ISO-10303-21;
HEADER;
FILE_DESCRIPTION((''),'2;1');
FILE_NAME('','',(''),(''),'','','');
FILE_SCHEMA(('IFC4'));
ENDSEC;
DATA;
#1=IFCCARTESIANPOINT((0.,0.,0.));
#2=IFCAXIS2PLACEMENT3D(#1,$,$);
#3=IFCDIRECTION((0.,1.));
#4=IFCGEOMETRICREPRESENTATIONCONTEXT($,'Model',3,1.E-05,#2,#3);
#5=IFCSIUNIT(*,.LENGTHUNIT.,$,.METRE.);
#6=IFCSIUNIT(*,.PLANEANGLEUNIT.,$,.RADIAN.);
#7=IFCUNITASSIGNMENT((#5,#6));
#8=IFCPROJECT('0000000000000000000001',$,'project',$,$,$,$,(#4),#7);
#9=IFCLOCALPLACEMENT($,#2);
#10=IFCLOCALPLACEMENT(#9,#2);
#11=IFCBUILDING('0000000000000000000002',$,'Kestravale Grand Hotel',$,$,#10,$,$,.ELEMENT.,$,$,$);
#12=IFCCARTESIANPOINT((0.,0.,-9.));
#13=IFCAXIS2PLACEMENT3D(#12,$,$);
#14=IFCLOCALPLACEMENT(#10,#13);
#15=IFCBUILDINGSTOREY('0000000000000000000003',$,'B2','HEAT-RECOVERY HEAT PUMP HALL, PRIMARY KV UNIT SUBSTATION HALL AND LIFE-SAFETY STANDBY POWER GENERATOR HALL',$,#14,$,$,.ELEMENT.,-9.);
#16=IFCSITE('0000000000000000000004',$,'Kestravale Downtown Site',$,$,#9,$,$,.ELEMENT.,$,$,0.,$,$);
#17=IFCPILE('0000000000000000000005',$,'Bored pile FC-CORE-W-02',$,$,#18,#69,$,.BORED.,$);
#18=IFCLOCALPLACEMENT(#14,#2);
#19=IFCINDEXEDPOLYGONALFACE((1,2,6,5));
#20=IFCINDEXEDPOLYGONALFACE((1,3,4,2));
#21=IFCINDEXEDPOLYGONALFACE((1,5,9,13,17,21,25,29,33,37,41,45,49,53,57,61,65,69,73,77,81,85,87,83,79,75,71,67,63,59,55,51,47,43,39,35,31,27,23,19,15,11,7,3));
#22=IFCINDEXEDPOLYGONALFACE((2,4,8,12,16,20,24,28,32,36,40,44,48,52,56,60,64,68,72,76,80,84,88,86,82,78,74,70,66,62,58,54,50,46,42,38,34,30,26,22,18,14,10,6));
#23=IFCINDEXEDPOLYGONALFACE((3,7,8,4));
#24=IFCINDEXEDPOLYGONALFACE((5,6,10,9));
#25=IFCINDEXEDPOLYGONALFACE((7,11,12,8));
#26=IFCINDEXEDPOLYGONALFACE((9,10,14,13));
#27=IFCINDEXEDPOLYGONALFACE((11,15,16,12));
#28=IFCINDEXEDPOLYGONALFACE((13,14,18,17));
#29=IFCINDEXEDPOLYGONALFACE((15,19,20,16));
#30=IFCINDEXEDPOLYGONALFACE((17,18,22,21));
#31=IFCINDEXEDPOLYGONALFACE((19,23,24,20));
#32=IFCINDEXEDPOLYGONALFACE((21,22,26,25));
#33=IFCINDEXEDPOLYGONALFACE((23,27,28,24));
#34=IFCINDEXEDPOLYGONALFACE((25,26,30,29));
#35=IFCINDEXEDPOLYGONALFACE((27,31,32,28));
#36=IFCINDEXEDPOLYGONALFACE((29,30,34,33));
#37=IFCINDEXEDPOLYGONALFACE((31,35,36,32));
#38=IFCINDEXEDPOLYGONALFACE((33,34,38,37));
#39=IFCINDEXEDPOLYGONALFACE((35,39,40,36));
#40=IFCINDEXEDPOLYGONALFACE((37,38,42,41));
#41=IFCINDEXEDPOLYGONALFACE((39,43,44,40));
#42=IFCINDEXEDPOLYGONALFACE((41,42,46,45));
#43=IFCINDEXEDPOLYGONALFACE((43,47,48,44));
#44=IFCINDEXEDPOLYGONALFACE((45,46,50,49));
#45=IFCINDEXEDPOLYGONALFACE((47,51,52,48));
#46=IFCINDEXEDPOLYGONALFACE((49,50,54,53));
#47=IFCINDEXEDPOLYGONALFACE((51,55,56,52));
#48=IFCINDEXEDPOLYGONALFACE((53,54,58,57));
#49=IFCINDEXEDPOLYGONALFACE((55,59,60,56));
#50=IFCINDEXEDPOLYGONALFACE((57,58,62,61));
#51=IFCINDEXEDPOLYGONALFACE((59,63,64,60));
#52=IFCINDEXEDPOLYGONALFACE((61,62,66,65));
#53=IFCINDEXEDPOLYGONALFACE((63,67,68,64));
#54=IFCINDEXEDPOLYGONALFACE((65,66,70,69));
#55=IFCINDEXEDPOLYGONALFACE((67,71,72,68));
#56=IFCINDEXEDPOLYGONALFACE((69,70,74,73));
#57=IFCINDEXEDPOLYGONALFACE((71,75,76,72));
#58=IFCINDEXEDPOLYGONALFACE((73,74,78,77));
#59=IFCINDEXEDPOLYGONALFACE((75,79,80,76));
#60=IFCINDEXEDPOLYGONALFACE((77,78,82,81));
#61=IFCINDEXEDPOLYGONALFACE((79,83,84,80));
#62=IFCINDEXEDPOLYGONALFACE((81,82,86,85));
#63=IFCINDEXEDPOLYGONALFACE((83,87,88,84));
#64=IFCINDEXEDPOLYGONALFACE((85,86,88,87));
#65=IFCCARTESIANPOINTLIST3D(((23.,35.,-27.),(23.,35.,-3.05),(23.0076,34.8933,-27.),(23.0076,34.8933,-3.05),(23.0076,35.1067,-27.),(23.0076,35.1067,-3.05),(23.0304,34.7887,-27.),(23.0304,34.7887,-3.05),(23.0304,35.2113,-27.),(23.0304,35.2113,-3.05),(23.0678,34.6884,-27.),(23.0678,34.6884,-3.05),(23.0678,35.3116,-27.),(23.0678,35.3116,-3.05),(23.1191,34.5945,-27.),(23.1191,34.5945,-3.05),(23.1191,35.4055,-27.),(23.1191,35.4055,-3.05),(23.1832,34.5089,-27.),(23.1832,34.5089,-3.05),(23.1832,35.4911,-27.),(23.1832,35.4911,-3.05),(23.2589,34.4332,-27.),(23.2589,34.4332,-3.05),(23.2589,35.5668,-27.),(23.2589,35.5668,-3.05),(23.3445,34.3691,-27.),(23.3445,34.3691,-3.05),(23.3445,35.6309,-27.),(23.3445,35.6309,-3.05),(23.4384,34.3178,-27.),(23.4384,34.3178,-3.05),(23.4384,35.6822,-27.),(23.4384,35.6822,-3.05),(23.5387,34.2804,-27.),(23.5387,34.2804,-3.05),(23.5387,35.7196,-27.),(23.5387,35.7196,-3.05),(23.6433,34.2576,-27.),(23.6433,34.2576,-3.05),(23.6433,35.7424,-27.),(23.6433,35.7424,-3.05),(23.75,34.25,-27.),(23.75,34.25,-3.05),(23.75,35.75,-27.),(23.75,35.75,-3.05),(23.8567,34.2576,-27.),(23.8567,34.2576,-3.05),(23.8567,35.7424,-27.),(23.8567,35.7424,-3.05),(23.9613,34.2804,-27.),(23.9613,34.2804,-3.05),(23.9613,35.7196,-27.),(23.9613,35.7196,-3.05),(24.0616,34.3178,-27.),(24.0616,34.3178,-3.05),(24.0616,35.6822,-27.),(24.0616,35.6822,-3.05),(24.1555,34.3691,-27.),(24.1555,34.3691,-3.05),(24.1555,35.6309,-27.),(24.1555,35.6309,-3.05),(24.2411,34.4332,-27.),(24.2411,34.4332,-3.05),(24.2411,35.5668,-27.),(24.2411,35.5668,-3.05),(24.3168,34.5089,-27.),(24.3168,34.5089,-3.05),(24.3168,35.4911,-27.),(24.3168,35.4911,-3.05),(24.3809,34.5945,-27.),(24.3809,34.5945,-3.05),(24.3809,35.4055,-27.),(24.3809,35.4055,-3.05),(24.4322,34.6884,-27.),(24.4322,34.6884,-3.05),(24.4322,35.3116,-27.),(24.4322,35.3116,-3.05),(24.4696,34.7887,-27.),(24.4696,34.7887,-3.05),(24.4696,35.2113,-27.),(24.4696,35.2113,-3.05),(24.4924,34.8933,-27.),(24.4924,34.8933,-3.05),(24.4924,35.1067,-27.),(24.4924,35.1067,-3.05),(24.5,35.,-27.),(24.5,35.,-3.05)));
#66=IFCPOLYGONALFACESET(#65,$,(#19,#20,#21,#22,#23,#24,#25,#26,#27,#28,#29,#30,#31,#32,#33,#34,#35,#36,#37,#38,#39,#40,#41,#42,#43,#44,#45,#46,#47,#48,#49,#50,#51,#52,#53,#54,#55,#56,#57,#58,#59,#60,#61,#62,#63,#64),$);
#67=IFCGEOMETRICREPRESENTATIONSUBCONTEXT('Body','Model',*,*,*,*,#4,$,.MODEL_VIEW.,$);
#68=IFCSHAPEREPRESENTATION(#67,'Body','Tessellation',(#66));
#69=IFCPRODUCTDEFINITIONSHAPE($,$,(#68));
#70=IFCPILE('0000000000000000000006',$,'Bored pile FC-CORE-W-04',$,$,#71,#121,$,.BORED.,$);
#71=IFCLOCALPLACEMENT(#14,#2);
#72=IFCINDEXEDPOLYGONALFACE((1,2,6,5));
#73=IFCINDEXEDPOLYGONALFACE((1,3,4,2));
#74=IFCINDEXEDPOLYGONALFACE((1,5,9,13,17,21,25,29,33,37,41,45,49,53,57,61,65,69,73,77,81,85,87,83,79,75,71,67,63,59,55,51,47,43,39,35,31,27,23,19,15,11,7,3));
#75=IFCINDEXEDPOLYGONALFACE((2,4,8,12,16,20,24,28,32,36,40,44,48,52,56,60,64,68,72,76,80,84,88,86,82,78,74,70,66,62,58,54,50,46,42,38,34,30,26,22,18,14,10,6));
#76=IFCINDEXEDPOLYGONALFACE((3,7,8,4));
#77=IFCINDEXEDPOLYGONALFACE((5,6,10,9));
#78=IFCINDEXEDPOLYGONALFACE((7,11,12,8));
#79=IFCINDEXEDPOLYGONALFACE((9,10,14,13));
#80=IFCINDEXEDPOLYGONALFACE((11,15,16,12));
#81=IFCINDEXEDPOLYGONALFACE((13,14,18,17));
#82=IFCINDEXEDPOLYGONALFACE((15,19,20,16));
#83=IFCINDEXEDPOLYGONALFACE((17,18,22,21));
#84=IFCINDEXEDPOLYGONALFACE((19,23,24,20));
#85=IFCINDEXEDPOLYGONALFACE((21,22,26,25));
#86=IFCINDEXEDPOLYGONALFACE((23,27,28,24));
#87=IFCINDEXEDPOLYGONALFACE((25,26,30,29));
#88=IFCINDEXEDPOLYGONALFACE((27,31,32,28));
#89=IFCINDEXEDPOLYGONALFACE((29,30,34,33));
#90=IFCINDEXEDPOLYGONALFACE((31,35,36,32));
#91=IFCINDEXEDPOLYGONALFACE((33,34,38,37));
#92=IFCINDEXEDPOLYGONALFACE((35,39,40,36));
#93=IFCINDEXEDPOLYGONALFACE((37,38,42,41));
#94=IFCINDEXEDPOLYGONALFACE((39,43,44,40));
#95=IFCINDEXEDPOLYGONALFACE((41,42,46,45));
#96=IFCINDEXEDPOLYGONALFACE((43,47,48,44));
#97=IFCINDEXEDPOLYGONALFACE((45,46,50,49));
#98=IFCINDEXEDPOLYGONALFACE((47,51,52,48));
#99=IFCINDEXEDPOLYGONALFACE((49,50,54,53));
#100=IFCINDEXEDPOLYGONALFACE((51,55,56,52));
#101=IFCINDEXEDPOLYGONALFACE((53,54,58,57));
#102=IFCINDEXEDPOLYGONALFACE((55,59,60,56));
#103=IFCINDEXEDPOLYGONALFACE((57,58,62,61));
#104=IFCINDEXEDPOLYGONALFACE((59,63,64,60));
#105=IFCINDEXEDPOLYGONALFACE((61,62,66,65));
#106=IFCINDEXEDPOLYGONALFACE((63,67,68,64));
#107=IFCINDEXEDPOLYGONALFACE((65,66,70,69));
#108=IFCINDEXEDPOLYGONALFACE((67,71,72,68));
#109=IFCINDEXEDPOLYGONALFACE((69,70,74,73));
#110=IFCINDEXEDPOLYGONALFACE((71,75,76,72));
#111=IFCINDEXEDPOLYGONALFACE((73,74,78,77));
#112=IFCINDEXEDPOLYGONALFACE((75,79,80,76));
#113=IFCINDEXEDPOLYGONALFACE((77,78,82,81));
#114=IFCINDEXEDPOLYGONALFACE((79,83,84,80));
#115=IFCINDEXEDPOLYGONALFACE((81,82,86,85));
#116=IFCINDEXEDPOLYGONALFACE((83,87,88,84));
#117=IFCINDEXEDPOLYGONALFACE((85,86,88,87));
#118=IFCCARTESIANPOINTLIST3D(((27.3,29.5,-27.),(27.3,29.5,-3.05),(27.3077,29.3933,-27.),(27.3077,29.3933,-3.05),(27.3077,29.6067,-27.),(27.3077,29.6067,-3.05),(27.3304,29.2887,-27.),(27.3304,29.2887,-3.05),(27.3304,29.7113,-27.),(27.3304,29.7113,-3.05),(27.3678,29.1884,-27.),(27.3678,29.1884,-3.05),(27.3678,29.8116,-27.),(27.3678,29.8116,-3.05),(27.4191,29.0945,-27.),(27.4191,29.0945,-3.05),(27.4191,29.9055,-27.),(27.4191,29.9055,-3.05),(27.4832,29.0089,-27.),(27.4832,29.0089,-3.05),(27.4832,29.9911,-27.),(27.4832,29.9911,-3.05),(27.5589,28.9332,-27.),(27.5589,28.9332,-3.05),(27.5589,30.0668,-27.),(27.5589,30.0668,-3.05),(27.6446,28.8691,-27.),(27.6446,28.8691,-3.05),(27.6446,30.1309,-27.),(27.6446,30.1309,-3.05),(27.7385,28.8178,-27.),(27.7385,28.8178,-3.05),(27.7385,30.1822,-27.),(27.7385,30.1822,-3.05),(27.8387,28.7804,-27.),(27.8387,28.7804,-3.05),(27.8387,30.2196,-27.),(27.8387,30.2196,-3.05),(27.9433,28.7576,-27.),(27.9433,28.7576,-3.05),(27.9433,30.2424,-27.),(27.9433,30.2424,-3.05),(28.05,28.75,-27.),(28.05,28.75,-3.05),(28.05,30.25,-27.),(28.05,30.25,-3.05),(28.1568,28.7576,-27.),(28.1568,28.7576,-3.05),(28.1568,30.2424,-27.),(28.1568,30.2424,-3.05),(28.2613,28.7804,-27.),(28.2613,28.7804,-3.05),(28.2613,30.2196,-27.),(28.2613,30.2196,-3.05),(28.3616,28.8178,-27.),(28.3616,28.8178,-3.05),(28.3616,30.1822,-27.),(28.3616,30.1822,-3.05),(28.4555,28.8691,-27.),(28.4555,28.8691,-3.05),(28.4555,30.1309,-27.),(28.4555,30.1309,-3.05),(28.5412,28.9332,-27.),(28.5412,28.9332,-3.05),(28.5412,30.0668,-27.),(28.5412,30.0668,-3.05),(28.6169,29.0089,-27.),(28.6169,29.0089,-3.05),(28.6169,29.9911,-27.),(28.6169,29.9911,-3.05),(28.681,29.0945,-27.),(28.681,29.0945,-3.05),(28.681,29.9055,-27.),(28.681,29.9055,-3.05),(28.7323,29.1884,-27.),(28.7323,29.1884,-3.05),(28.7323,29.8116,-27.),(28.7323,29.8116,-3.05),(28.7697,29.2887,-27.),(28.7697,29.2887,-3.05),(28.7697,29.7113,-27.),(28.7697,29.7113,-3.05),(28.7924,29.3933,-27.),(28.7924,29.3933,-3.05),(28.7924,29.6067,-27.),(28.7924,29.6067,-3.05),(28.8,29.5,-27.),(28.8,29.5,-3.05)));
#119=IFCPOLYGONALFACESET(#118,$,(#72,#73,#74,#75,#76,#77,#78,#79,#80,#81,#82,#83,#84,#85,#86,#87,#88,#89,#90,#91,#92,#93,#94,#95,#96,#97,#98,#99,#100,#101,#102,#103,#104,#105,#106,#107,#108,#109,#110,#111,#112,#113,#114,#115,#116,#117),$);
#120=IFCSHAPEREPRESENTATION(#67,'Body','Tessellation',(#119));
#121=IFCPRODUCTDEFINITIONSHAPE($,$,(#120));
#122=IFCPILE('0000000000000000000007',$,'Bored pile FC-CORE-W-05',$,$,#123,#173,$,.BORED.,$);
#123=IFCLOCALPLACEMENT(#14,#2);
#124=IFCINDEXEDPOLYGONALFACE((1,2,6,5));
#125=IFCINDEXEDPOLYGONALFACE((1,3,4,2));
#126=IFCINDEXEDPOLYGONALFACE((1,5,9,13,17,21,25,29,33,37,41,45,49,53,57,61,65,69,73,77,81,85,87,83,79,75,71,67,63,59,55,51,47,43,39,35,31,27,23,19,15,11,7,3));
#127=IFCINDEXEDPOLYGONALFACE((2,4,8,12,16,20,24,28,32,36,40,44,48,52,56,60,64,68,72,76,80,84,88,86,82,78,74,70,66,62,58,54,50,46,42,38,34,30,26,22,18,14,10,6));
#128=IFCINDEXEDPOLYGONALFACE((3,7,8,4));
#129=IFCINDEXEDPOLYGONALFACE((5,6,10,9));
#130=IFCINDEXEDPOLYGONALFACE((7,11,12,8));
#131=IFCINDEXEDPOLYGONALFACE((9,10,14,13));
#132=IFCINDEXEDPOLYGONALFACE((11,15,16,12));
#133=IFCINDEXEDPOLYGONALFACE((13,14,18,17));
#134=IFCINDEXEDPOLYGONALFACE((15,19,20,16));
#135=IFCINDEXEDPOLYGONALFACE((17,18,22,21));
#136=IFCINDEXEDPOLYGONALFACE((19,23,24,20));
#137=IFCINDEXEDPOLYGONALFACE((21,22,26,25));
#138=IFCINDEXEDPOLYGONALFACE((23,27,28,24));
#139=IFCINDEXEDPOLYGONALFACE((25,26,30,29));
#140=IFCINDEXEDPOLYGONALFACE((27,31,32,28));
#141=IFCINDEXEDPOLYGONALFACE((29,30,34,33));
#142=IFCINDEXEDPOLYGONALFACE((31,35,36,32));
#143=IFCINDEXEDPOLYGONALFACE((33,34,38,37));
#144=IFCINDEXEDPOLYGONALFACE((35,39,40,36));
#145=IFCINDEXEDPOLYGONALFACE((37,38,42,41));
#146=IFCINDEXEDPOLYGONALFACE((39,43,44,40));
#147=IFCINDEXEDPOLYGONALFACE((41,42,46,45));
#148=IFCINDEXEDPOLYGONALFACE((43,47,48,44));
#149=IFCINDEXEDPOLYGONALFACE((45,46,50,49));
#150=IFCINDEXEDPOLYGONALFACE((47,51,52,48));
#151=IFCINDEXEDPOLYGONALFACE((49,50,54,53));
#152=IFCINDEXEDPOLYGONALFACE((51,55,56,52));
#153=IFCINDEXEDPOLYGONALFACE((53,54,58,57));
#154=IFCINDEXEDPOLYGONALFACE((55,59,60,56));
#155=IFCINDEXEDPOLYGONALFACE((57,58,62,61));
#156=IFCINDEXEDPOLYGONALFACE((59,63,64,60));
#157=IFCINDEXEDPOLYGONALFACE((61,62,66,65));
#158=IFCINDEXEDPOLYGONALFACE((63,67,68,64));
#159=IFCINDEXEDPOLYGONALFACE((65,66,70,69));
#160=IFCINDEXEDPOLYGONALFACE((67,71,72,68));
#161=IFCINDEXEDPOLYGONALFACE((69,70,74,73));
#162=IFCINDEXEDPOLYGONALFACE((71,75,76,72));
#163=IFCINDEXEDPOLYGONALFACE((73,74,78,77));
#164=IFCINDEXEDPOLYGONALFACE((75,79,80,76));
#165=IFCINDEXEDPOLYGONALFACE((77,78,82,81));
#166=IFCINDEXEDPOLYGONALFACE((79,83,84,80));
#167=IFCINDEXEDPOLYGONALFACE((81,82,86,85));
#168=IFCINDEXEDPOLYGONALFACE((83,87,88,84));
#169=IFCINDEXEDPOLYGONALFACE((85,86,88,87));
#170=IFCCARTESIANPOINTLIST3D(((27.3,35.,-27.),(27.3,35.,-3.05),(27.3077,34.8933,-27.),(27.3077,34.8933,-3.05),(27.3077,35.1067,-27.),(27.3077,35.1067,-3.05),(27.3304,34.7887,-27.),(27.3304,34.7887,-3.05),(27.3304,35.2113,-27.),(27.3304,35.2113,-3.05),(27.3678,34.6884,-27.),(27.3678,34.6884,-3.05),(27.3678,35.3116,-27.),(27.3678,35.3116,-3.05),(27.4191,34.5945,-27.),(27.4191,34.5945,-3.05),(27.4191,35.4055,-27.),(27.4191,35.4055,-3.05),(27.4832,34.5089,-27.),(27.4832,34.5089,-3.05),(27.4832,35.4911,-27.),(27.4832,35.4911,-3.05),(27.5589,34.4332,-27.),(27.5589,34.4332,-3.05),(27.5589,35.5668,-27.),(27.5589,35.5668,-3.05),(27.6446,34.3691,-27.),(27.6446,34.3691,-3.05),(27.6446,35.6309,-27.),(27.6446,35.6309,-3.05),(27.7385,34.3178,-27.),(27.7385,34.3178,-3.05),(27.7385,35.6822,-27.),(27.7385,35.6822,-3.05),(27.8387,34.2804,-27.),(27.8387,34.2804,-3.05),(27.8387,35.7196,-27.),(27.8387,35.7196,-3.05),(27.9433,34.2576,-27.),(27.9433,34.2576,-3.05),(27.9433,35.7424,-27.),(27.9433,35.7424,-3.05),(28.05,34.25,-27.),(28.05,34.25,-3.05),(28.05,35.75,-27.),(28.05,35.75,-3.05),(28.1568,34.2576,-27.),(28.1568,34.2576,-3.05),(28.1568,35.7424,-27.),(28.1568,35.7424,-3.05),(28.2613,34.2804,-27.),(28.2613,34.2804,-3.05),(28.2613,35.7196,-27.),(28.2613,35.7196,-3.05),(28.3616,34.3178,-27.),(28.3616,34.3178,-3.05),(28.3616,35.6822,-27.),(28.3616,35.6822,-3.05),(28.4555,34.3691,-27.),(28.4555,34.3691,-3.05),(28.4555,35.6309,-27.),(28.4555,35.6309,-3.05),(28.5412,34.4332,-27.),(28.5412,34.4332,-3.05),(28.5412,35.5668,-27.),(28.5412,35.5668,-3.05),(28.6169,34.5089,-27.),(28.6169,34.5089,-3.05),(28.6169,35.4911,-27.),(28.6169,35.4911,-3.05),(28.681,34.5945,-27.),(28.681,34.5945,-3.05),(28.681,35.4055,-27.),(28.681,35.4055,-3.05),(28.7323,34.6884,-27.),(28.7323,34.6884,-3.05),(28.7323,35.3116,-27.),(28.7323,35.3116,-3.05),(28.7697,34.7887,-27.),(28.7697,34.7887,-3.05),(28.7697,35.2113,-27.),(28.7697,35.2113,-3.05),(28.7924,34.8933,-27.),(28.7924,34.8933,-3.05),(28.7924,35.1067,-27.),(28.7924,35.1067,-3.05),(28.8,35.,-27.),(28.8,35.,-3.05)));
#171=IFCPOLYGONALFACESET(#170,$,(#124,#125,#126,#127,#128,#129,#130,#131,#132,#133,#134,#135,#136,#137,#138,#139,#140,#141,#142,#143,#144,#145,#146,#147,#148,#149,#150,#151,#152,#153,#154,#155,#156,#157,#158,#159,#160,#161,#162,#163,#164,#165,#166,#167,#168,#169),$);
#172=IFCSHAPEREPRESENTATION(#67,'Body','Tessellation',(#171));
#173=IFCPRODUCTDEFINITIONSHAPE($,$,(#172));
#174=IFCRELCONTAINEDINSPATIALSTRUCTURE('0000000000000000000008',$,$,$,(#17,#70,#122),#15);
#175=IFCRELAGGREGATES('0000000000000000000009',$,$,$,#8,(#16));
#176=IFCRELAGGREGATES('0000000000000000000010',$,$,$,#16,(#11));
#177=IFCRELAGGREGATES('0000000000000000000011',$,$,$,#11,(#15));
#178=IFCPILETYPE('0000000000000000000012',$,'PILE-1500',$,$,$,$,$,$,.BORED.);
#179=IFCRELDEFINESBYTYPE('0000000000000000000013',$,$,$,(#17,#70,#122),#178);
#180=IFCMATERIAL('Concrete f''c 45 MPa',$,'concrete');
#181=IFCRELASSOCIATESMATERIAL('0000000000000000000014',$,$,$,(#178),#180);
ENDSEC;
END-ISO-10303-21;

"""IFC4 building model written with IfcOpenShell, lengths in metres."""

from ifc_helpers import new_model, si_unit, direction, frame, origin, origin_2d, place, context, subcontext, project, spatial, circle, extrude, material, material_profile, profile_set, type_object, element, save


model = new_model("IFC4")

# Units and contexts
model_context = context("Model", 3, precision=1e-05, world=origin(), true_north=direction((0.0, 1.0)))
body_context = subcontext(model_context, "Body", "Model", "MODEL_VIEW")
ifc_project = project(units=[si_unit("LENGTHUNIT", "METRE"), si_unit("PLANEANGLEUNIT", "RADIAN")], contexts=[model_context])

# Site, building, storey
site_placement = place(None, origin())
site = spatial("IfcSite", under=ifc_project, at=site_placement, Name="Kestravale Downtown Site", CompositionType="ELEMENT", RefElevation=0.0)
building_placement = place(site_placement, origin())
building = spatial("IfcBuilding", under=site, at=building_placement, Name="Kestravale Grand Hotel", CompositionType="ELEMENT")
storey_placement = place(building_placement, frame((0.0, 0.0, -9.0)))
storey = spatial("IfcBuildingStorey", under=building, at=storey_placement, Name="B2", Description="HEAT-RECOVERY HEAT PUMP HALL, PRIMARY KV UNIT SUBSTATION HALL AND LIFE-SAFETY STANDBY POWER GENERATOR HALL", CompositionType="ELEMENT", Elevation=-9.0)

# Piles
ifc_material_1 = material(Name="Concrete f'c 45 MPa", Category="concrete")
ifc_material_profile_1 = material_profile(ifc_material_1, circle(Radius=0.75, at=origin_2d()))
ifc_profile_set_1 = profile_set([ifc_material_profile_1], Name="Concrete f'c 45 MPa")
pile_type_1 = type_object("IfcPileType", Name="PILE-1500", PredefinedType="BORED", material=ifc_profile_set_1)
for number, where, z_axis, x_axis, name in (
    (1, (23.75, 35.0, -3.05), (0.0, 0.0, -1.0), (1.0, 0.0, 0.0), "Bored pile FC-CORE-W-02"),
    (2, (28.05, 29.5, -3.05), (0.0, 0.0, -1.0), (1.0, 0.0, 0.0), "Bored pile FC-CORE-W-04"),
    (3, (28.05, 35.0, -3.05), (0.0, 0.0, -1.0), (1.0, 0.0, 0.0), "Bored pile FC-CORE-W-05"),
):
    element("IfcPile", number, at=place(storey_placement, frame(where, z_axis=z_axis, x_axis=x_axis)), inside=storey, type_object=pile_type_1, Name=name, PredefinedType="BORED", context=body_context, shape_type="SweptSolid", body=[
        extrude(circle(Radius=0.75, at=origin_2d()), origin(), (0.0, 0.0, 1.0), 23.95),
    ])

save(model, "model.ifc")
